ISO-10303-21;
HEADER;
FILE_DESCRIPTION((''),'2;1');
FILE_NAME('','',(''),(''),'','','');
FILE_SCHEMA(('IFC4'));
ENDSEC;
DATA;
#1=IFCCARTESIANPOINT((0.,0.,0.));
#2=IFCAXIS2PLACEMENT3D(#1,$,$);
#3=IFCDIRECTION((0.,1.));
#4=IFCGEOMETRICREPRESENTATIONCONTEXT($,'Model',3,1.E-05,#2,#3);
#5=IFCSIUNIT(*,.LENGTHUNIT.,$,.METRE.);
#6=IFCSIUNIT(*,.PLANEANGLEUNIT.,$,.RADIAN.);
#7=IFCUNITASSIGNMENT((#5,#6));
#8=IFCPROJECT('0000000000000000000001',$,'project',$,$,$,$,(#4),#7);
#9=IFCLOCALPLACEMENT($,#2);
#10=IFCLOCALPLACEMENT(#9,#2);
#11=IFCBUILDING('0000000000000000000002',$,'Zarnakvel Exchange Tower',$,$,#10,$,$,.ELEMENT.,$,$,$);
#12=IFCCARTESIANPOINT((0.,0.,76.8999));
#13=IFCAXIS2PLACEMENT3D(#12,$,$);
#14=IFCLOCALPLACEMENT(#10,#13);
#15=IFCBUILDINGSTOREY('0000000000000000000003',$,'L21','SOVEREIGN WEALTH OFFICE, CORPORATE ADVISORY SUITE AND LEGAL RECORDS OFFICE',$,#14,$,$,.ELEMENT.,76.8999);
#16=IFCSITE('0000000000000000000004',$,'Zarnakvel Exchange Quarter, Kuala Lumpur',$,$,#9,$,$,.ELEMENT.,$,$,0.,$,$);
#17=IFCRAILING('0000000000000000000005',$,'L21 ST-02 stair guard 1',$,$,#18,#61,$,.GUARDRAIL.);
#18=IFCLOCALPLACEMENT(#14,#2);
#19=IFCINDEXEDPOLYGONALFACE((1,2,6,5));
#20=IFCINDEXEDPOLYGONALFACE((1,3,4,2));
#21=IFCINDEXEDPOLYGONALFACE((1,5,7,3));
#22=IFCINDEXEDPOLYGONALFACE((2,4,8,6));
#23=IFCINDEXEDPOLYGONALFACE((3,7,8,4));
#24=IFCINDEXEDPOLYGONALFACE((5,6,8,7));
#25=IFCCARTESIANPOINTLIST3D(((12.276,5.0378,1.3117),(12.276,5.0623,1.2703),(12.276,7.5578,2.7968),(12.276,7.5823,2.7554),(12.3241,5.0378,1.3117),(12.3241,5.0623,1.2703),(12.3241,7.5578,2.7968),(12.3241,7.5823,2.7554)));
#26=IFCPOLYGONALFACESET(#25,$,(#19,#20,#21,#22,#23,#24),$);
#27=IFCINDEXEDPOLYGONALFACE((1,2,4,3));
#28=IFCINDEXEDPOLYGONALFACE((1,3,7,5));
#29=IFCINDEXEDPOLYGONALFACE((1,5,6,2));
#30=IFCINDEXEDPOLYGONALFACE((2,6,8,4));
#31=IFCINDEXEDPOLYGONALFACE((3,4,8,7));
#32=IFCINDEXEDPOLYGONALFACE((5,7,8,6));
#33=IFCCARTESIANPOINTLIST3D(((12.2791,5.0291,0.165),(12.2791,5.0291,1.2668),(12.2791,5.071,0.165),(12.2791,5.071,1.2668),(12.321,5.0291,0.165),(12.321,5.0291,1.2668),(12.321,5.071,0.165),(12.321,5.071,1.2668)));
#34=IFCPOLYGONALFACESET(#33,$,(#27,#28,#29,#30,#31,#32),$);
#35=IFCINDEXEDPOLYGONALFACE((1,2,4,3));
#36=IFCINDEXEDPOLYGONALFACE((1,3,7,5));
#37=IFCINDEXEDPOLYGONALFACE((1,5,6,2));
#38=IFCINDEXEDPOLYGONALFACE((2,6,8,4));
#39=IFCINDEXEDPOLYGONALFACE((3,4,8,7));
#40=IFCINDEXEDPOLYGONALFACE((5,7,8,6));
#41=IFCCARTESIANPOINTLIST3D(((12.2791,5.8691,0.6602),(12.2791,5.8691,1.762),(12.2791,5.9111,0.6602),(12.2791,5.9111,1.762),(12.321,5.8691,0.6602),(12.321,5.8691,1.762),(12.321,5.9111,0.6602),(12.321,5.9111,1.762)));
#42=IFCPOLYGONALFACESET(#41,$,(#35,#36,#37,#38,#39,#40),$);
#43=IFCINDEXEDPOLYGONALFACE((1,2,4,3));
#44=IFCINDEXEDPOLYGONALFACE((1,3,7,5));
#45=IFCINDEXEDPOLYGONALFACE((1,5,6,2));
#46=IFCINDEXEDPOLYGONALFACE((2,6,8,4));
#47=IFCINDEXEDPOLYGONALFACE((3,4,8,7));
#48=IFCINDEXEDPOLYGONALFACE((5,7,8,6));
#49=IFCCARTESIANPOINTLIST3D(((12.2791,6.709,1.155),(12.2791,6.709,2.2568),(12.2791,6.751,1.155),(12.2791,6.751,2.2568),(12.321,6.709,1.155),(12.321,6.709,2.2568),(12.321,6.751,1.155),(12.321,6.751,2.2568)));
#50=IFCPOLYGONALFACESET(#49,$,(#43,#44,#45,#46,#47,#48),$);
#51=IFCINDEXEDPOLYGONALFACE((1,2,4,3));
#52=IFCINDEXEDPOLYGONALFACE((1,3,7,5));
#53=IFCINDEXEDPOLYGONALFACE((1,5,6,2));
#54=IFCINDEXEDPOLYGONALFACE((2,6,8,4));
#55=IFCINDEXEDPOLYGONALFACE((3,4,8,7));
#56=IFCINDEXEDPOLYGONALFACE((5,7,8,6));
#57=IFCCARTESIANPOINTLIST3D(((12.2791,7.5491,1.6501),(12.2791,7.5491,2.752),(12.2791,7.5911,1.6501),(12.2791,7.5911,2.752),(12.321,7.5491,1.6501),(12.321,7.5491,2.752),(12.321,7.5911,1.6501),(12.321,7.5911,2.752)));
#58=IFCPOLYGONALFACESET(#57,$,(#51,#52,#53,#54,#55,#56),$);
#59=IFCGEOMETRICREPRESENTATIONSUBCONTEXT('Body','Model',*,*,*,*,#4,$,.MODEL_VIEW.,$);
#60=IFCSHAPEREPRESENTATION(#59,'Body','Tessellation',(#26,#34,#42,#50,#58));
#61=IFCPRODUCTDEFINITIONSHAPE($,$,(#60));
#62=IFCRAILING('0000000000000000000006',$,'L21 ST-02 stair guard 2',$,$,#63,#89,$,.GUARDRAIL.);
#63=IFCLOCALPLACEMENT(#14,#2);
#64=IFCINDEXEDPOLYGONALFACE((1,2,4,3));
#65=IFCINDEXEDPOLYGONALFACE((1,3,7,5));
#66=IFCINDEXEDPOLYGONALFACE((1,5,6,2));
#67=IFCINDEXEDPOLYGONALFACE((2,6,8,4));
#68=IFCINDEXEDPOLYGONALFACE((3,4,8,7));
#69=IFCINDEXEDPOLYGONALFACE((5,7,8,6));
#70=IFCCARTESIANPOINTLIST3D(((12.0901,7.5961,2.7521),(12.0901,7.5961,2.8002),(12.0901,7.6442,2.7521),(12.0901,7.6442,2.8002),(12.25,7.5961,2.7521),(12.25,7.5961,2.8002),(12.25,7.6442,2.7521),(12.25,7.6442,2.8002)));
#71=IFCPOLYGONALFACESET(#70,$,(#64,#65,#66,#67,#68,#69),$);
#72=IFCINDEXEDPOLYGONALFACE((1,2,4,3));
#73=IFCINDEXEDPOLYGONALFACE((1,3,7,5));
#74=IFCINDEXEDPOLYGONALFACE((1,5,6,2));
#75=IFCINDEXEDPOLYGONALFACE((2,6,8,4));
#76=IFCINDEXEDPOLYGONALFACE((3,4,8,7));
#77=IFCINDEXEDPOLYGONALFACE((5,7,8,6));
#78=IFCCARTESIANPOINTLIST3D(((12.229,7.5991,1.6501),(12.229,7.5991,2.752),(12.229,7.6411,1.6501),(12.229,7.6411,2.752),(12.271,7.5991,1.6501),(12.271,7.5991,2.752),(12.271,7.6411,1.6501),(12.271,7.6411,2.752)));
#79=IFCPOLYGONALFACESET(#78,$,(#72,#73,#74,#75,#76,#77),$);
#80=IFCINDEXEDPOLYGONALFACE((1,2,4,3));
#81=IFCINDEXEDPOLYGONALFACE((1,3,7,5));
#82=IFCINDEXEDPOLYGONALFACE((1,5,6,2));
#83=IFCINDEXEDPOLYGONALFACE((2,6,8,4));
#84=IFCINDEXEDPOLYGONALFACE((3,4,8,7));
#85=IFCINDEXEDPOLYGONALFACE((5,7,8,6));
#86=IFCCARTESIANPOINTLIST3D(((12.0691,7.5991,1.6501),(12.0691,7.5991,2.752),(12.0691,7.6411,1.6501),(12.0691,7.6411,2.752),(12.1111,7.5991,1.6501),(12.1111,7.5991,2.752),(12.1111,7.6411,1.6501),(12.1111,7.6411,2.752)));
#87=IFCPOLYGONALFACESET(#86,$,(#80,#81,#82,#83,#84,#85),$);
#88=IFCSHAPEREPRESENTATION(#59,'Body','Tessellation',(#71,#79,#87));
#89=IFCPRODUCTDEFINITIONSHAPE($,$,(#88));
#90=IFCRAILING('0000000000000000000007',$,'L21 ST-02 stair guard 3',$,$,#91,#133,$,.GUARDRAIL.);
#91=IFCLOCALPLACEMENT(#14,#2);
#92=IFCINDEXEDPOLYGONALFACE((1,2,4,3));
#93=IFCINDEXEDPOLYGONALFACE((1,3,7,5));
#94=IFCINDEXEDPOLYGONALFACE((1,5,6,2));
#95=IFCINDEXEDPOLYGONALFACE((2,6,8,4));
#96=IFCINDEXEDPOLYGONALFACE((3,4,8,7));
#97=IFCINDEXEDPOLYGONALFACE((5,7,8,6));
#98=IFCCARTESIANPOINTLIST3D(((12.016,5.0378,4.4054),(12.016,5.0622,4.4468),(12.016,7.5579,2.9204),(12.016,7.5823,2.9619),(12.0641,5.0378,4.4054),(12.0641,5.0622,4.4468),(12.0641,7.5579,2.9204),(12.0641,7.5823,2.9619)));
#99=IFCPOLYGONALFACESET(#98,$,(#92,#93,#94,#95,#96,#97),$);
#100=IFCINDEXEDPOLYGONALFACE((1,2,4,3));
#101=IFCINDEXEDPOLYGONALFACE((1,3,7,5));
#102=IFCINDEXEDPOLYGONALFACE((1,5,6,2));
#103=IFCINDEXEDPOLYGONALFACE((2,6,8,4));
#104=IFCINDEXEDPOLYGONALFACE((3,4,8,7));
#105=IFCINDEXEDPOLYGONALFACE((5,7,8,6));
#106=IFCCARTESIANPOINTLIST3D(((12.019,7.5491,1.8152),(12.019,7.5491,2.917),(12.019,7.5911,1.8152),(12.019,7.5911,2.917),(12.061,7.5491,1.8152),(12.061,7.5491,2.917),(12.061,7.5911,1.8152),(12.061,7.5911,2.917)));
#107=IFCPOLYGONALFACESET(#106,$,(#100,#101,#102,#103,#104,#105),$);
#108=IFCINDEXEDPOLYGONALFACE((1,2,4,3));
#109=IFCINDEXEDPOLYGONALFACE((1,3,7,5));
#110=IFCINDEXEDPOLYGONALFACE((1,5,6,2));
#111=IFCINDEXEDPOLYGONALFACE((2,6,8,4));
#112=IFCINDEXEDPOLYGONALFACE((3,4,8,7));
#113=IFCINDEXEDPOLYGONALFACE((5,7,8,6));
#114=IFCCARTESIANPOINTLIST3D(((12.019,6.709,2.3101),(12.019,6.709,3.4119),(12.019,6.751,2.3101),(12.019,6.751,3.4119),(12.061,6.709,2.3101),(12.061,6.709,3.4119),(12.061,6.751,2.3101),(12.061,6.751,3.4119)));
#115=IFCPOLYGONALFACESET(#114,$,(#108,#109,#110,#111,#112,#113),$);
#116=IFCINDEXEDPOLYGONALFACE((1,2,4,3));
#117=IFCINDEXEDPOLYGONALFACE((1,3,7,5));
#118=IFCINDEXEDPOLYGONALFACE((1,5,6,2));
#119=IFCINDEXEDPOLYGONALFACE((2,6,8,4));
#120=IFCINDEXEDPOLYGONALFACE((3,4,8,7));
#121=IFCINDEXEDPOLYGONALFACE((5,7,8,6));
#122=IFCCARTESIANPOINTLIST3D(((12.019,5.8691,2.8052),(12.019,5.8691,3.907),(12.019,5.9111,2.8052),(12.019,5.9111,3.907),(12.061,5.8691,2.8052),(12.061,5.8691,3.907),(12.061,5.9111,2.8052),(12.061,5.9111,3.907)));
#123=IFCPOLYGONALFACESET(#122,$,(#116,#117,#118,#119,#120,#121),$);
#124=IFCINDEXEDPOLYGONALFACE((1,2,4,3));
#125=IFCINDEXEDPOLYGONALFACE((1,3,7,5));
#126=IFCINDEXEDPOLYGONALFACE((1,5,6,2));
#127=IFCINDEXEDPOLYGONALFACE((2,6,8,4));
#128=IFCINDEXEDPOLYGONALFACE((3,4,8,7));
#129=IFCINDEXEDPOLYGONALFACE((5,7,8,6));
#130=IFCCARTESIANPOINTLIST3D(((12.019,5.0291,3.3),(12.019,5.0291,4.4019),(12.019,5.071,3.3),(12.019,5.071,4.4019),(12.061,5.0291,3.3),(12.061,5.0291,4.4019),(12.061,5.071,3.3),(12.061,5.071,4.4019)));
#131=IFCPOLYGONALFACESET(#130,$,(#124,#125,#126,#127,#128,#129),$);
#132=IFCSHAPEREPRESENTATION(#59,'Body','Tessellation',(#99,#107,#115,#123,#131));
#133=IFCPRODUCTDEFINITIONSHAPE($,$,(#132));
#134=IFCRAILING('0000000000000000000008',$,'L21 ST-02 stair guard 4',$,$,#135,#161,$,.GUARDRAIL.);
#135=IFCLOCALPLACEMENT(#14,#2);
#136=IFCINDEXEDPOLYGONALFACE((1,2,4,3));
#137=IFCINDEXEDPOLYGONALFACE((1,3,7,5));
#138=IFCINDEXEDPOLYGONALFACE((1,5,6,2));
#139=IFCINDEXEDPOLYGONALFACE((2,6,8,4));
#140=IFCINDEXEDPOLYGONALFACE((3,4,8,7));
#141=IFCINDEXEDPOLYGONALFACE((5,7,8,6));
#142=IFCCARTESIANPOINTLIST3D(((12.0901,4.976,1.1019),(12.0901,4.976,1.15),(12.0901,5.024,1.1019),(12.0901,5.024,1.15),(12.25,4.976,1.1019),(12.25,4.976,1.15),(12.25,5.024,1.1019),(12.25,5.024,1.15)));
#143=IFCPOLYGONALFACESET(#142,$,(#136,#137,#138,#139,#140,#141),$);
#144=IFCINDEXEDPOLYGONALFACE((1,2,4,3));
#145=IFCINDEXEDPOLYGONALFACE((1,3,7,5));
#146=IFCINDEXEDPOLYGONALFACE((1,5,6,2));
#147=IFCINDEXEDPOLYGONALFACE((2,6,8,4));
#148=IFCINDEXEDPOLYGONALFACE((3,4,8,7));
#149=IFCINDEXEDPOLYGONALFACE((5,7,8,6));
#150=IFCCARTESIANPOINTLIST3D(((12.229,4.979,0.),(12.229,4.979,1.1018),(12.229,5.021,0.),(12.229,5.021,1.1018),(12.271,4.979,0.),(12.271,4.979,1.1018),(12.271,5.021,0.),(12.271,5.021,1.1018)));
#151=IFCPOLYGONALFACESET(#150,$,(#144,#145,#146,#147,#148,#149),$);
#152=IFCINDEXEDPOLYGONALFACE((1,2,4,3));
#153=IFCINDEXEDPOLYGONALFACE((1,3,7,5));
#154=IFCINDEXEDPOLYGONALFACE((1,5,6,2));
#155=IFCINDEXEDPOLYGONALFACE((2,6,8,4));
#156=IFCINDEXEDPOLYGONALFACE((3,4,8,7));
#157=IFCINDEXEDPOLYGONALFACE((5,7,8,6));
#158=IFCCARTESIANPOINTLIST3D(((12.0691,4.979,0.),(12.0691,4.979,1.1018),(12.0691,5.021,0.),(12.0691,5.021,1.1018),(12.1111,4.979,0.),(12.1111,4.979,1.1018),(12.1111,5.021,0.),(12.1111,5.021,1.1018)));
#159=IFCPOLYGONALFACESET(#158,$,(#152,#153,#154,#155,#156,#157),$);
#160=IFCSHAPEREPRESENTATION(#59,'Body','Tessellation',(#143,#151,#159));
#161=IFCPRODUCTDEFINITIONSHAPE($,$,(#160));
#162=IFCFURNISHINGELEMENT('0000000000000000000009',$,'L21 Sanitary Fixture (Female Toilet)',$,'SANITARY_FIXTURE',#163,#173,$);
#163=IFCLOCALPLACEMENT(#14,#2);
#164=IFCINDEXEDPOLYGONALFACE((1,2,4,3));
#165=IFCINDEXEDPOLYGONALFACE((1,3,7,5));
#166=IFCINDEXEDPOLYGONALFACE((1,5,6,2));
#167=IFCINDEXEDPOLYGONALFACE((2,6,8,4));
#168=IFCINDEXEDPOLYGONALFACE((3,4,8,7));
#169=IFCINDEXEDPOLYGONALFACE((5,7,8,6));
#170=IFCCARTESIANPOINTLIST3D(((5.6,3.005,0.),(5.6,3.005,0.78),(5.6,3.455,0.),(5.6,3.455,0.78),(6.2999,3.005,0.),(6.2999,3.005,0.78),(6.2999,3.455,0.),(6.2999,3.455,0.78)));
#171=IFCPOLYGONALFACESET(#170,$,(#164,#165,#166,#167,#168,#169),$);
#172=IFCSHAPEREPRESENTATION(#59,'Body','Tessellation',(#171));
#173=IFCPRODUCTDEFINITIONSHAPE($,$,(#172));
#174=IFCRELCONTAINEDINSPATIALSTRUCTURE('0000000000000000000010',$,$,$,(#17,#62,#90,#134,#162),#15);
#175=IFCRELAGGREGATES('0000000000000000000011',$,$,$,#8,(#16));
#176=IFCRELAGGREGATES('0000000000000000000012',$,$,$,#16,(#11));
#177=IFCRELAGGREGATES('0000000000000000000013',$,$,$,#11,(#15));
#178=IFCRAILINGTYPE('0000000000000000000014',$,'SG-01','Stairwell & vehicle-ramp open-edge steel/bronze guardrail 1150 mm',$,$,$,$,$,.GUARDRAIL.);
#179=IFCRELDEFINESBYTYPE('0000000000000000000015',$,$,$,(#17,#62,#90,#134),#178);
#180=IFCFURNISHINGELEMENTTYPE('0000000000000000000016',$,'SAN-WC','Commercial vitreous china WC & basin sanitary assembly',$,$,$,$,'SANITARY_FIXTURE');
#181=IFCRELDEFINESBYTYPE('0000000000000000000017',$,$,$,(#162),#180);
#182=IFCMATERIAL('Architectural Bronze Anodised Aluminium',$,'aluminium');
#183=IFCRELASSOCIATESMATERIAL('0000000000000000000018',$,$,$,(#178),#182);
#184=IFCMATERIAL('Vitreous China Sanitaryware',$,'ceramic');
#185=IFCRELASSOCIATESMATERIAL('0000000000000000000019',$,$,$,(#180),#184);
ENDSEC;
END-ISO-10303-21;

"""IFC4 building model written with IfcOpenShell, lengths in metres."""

from ifc_helpers import new_model, si_unit, direction, frame, origin, origin_2d, place, context, subcontext, project, spatial, rectangle, extrude, source, transform, mapped, material, type_object, element, save


model = new_model("IFC4")

# Units and contexts
model_context = context("Model", 3, precision=1e-05, world=origin(), true_north=direction((0.0, 1.0)))
body_context = subcontext(model_context, "Body", "Model", "MODEL_VIEW")
ifc_project = project(units=[si_unit("LENGTHUNIT", "METRE"), si_unit("PLANEANGLEUNIT", "RADIAN")], contexts=[model_context])

# Site, building, storey
site_placement = place(None, origin())
site = spatial("IfcSite", under=ifc_project, at=site_placement, Name="Zarnakvel Exchange Quarter, Kuala Lumpur", CompositionType="ELEMENT", RefElevation=0.0)
building_placement = place(site_placement, origin())
building = spatial("IfcBuilding", under=site, at=building_placement, Name="Zarnakvel Exchange Tower", CompositionType="ELEMENT")
storey_placement = place(building_placement, frame((0.0, 0.0, 76.8999)))
storey = spatial("IfcBuildingStorey", under=building, at=storey_placement, Name="L21", Description="SOVEREIGN WEALTH OFFICE, CORPORATE ADVISORY SUITE AND LEGAL RECORDS OFFICE", CompositionType="ELEMENT", Elevation=76.8999)

# Railings
ifc_material_1 = material(Name="Architectural Bronze Anodised Aluminium", Category="aluminium")
railing_type_1 = type_object("IfcRailingType", Name="SG-01", Description="Stairwell & vehicle-ramp open-edge steel/bronze guardrail 1150 mm", PredefinedType="GUARDRAIL", material=ifc_material_1)
railing_1_placement = place(storey_placement, frame((12.3, 5.05, 0.165)))
element("IfcRailing", 1, at=railing_1_placement, inside=storey, type_object=railing_type_1, Name="L21 ST-02 stair guard 1", PredefinedType="GUARDRAIL", context=body_context, shape_type="SweptSolid", body=[
    extrude(rectangle(XDim=0.0481, YDim=0.0481, at=origin_2d()), frame((0.0, 0.0, 1.126), z_axis=(0.0, 0.861524, 0.507717), x_axis=(-1.0, 0.0, 0.0)), (0.0, 0.0, 1.0), 2.925),
    extrude(rectangle(XDim=0.042, YDim=0.042, at=origin_2d()), origin(), (0.0, 0.0, 1.0), 1.1018),
    extrude(rectangle(XDim=0.042, YDim=0.042, at=origin_2d()), frame((0.0, 0.8401, 0.4951)), (0.0, 0.0, 1.0), 1.1018),
    extrude(rectangle(XDim=0.042, YDim=0.042, at=origin_2d()), frame((0.0, 1.6799, 0.99)), (0.0, 0.0, 1.0), 1.1018),
    extrude(rectangle(XDim=0.042, YDim=0.042, at=origin_2d()), frame((0.0, 2.52, 1.4851)), (0.0, 0.0, 1.0), 1.1018),
])
railing_2_placement = place(storey_placement, frame((12.25, 7.6201, 1.6501)))
element("IfcRailing", 2, at=railing_2_placement, inside=storey, type_object=railing_type_1, Name="L21 ST-02 stair guard 2", PredefinedType="GUARDRAIL", context=body_context, shape_type="SweptSolid", body=[
    extrude(rectangle(XDim=0.0481, YDim=0.0481, at=origin_2d()), frame((0.0, 0.0, 1.126), z_axis=(-1.0, 0.0, 0.0), x_axis=(0.0, -1.0, 0.0)), (0.0, 0.0, 1.0), 0.1599),
    extrude(rectangle(XDim=0.042, YDim=0.042, at=origin_2d()), origin(), (0.0, 0.0, 1.0), 1.1018),
    extrude(rectangle(XDim=0.042, YDim=0.042, at=origin_2d()), frame((-0.1599, 0.0, 0.0)), (0.0, 0.0, 1.0), 1.1018),
])
railing_3_placement = place(storey_placement, frame((12.04, 7.5701, 1.8152)))
element("IfcRailing", 3, at=railing_3_placement, inside=storey, type_object=railing_type_1, Name="L21 ST-02 stair guard 3", PredefinedType="GUARDRAIL", context=body_context, shape_type="SweptSolid", body=[
    extrude(rectangle(XDim=0.0481, YDim=0.0481, at=origin_2d()), frame((0.0, 0.0, 1.126), z_axis=(0.0, -0.861561, 0.507655), x_axis=(1.0, 0.0, 0.0)), (0.0, 0.0, 1.0), 2.925),
    extrude(rectangle(XDim=0.042, YDim=0.042, at=origin_2d()), origin(), (0.0, 0.0, 1.0), 1.1018),
    extrude(rectangle(XDim=0.042, YDim=0.042, at=origin_2d()), frame((0.0, -0.8401, 0.4949)), (0.0, 0.0, 1.0), 1.1018),
    extrude(rectangle(XDim=0.042, YDim=0.042, at=origin_2d()), frame((0.0, -1.6799, 0.99)), (0.0, 0.0, 1.0), 1.1018),
    extrude(rectangle(XDim=0.042, YDim=0.042, at=origin_2d()), frame((0.0, -2.52, 1.4849)), (0.0, 0.0, 1.0), 1.1018),
])
railing_4_placement = place(storey_placement, frame((12.25, 5.0, 0.0)))
element("IfcRailing", 4, at=railing_4_placement, inside=storey, type_object=railing_type_1, Name="L21 ST-02 stair guard 4", PredefinedType="GUARDRAIL", context=body_context, shape_type="SweptSolid", body=[
    extrude(rectangle(XDim=0.0481, YDim=0.0481, at=origin_2d()), frame((0.0, 0.0, 1.126), z_axis=(-1.0, 0.0, 0.0), x_axis=(0.0, -1.0, 0.0)), (0.0, 0.0, 1.0), 0.1599),
    extrude(rectangle(XDim=0.042, YDim=0.042, at=origin_2d()), origin(), (0.0, 0.0, 1.0), 1.1018),
    extrude(rectangle(XDim=0.042, YDim=0.042, at=origin_2d()), frame((-0.1599, 0.0, 0.0)), (0.0, 0.0, 1.0), 1.1018),
])

# Furnishing element
ifc_material_2 = material(Name="Vitreous China Sanitaryware", Category="ceramic")
furnishing_element_type = type_object("IfcFurnishingElementType", Name="SAN-WC", Description="Commercial vitreous china WC & basin sanitary assembly", ElementType="SANITARY_FIXTURE", material=ifc_material_2)
shared_shape_1 = source(origin(), body_context, "Body", "SweptSolid", [
    extrude(rectangle(XDim=0.7, YDim=0.45, at=origin_2d()), origin(), (0.0, 0.0, 1.0), 0.78),
])
furnishing_placement = place(storey_placement, frame((5.95, 3.23, 0.0), z_axis=(0.0, 0.0, 1.0), x_axis=(1.0, 0.0, 0.0)))
element("IfcFurnishingElement", 5, at=furnishing_placement, inside=storey, type_object=furnishing_element_type, Name="L21 Sanitary Fixture (Female Toilet)", ObjectType="SANITARY_FIXTURE", context=body_context, shape_type="MappedRepresentation", body=[
    mapped(shared_shape_1, transform((0.0, 0.0, 0.0), x_axis=(1.0, 0.0, 0.0), y_axis=(0.0, 1.0, 0.0), z_axis=(0.0, 0.0, 1.0), scale=1.0)),
])

save(model, "model.ifc")
